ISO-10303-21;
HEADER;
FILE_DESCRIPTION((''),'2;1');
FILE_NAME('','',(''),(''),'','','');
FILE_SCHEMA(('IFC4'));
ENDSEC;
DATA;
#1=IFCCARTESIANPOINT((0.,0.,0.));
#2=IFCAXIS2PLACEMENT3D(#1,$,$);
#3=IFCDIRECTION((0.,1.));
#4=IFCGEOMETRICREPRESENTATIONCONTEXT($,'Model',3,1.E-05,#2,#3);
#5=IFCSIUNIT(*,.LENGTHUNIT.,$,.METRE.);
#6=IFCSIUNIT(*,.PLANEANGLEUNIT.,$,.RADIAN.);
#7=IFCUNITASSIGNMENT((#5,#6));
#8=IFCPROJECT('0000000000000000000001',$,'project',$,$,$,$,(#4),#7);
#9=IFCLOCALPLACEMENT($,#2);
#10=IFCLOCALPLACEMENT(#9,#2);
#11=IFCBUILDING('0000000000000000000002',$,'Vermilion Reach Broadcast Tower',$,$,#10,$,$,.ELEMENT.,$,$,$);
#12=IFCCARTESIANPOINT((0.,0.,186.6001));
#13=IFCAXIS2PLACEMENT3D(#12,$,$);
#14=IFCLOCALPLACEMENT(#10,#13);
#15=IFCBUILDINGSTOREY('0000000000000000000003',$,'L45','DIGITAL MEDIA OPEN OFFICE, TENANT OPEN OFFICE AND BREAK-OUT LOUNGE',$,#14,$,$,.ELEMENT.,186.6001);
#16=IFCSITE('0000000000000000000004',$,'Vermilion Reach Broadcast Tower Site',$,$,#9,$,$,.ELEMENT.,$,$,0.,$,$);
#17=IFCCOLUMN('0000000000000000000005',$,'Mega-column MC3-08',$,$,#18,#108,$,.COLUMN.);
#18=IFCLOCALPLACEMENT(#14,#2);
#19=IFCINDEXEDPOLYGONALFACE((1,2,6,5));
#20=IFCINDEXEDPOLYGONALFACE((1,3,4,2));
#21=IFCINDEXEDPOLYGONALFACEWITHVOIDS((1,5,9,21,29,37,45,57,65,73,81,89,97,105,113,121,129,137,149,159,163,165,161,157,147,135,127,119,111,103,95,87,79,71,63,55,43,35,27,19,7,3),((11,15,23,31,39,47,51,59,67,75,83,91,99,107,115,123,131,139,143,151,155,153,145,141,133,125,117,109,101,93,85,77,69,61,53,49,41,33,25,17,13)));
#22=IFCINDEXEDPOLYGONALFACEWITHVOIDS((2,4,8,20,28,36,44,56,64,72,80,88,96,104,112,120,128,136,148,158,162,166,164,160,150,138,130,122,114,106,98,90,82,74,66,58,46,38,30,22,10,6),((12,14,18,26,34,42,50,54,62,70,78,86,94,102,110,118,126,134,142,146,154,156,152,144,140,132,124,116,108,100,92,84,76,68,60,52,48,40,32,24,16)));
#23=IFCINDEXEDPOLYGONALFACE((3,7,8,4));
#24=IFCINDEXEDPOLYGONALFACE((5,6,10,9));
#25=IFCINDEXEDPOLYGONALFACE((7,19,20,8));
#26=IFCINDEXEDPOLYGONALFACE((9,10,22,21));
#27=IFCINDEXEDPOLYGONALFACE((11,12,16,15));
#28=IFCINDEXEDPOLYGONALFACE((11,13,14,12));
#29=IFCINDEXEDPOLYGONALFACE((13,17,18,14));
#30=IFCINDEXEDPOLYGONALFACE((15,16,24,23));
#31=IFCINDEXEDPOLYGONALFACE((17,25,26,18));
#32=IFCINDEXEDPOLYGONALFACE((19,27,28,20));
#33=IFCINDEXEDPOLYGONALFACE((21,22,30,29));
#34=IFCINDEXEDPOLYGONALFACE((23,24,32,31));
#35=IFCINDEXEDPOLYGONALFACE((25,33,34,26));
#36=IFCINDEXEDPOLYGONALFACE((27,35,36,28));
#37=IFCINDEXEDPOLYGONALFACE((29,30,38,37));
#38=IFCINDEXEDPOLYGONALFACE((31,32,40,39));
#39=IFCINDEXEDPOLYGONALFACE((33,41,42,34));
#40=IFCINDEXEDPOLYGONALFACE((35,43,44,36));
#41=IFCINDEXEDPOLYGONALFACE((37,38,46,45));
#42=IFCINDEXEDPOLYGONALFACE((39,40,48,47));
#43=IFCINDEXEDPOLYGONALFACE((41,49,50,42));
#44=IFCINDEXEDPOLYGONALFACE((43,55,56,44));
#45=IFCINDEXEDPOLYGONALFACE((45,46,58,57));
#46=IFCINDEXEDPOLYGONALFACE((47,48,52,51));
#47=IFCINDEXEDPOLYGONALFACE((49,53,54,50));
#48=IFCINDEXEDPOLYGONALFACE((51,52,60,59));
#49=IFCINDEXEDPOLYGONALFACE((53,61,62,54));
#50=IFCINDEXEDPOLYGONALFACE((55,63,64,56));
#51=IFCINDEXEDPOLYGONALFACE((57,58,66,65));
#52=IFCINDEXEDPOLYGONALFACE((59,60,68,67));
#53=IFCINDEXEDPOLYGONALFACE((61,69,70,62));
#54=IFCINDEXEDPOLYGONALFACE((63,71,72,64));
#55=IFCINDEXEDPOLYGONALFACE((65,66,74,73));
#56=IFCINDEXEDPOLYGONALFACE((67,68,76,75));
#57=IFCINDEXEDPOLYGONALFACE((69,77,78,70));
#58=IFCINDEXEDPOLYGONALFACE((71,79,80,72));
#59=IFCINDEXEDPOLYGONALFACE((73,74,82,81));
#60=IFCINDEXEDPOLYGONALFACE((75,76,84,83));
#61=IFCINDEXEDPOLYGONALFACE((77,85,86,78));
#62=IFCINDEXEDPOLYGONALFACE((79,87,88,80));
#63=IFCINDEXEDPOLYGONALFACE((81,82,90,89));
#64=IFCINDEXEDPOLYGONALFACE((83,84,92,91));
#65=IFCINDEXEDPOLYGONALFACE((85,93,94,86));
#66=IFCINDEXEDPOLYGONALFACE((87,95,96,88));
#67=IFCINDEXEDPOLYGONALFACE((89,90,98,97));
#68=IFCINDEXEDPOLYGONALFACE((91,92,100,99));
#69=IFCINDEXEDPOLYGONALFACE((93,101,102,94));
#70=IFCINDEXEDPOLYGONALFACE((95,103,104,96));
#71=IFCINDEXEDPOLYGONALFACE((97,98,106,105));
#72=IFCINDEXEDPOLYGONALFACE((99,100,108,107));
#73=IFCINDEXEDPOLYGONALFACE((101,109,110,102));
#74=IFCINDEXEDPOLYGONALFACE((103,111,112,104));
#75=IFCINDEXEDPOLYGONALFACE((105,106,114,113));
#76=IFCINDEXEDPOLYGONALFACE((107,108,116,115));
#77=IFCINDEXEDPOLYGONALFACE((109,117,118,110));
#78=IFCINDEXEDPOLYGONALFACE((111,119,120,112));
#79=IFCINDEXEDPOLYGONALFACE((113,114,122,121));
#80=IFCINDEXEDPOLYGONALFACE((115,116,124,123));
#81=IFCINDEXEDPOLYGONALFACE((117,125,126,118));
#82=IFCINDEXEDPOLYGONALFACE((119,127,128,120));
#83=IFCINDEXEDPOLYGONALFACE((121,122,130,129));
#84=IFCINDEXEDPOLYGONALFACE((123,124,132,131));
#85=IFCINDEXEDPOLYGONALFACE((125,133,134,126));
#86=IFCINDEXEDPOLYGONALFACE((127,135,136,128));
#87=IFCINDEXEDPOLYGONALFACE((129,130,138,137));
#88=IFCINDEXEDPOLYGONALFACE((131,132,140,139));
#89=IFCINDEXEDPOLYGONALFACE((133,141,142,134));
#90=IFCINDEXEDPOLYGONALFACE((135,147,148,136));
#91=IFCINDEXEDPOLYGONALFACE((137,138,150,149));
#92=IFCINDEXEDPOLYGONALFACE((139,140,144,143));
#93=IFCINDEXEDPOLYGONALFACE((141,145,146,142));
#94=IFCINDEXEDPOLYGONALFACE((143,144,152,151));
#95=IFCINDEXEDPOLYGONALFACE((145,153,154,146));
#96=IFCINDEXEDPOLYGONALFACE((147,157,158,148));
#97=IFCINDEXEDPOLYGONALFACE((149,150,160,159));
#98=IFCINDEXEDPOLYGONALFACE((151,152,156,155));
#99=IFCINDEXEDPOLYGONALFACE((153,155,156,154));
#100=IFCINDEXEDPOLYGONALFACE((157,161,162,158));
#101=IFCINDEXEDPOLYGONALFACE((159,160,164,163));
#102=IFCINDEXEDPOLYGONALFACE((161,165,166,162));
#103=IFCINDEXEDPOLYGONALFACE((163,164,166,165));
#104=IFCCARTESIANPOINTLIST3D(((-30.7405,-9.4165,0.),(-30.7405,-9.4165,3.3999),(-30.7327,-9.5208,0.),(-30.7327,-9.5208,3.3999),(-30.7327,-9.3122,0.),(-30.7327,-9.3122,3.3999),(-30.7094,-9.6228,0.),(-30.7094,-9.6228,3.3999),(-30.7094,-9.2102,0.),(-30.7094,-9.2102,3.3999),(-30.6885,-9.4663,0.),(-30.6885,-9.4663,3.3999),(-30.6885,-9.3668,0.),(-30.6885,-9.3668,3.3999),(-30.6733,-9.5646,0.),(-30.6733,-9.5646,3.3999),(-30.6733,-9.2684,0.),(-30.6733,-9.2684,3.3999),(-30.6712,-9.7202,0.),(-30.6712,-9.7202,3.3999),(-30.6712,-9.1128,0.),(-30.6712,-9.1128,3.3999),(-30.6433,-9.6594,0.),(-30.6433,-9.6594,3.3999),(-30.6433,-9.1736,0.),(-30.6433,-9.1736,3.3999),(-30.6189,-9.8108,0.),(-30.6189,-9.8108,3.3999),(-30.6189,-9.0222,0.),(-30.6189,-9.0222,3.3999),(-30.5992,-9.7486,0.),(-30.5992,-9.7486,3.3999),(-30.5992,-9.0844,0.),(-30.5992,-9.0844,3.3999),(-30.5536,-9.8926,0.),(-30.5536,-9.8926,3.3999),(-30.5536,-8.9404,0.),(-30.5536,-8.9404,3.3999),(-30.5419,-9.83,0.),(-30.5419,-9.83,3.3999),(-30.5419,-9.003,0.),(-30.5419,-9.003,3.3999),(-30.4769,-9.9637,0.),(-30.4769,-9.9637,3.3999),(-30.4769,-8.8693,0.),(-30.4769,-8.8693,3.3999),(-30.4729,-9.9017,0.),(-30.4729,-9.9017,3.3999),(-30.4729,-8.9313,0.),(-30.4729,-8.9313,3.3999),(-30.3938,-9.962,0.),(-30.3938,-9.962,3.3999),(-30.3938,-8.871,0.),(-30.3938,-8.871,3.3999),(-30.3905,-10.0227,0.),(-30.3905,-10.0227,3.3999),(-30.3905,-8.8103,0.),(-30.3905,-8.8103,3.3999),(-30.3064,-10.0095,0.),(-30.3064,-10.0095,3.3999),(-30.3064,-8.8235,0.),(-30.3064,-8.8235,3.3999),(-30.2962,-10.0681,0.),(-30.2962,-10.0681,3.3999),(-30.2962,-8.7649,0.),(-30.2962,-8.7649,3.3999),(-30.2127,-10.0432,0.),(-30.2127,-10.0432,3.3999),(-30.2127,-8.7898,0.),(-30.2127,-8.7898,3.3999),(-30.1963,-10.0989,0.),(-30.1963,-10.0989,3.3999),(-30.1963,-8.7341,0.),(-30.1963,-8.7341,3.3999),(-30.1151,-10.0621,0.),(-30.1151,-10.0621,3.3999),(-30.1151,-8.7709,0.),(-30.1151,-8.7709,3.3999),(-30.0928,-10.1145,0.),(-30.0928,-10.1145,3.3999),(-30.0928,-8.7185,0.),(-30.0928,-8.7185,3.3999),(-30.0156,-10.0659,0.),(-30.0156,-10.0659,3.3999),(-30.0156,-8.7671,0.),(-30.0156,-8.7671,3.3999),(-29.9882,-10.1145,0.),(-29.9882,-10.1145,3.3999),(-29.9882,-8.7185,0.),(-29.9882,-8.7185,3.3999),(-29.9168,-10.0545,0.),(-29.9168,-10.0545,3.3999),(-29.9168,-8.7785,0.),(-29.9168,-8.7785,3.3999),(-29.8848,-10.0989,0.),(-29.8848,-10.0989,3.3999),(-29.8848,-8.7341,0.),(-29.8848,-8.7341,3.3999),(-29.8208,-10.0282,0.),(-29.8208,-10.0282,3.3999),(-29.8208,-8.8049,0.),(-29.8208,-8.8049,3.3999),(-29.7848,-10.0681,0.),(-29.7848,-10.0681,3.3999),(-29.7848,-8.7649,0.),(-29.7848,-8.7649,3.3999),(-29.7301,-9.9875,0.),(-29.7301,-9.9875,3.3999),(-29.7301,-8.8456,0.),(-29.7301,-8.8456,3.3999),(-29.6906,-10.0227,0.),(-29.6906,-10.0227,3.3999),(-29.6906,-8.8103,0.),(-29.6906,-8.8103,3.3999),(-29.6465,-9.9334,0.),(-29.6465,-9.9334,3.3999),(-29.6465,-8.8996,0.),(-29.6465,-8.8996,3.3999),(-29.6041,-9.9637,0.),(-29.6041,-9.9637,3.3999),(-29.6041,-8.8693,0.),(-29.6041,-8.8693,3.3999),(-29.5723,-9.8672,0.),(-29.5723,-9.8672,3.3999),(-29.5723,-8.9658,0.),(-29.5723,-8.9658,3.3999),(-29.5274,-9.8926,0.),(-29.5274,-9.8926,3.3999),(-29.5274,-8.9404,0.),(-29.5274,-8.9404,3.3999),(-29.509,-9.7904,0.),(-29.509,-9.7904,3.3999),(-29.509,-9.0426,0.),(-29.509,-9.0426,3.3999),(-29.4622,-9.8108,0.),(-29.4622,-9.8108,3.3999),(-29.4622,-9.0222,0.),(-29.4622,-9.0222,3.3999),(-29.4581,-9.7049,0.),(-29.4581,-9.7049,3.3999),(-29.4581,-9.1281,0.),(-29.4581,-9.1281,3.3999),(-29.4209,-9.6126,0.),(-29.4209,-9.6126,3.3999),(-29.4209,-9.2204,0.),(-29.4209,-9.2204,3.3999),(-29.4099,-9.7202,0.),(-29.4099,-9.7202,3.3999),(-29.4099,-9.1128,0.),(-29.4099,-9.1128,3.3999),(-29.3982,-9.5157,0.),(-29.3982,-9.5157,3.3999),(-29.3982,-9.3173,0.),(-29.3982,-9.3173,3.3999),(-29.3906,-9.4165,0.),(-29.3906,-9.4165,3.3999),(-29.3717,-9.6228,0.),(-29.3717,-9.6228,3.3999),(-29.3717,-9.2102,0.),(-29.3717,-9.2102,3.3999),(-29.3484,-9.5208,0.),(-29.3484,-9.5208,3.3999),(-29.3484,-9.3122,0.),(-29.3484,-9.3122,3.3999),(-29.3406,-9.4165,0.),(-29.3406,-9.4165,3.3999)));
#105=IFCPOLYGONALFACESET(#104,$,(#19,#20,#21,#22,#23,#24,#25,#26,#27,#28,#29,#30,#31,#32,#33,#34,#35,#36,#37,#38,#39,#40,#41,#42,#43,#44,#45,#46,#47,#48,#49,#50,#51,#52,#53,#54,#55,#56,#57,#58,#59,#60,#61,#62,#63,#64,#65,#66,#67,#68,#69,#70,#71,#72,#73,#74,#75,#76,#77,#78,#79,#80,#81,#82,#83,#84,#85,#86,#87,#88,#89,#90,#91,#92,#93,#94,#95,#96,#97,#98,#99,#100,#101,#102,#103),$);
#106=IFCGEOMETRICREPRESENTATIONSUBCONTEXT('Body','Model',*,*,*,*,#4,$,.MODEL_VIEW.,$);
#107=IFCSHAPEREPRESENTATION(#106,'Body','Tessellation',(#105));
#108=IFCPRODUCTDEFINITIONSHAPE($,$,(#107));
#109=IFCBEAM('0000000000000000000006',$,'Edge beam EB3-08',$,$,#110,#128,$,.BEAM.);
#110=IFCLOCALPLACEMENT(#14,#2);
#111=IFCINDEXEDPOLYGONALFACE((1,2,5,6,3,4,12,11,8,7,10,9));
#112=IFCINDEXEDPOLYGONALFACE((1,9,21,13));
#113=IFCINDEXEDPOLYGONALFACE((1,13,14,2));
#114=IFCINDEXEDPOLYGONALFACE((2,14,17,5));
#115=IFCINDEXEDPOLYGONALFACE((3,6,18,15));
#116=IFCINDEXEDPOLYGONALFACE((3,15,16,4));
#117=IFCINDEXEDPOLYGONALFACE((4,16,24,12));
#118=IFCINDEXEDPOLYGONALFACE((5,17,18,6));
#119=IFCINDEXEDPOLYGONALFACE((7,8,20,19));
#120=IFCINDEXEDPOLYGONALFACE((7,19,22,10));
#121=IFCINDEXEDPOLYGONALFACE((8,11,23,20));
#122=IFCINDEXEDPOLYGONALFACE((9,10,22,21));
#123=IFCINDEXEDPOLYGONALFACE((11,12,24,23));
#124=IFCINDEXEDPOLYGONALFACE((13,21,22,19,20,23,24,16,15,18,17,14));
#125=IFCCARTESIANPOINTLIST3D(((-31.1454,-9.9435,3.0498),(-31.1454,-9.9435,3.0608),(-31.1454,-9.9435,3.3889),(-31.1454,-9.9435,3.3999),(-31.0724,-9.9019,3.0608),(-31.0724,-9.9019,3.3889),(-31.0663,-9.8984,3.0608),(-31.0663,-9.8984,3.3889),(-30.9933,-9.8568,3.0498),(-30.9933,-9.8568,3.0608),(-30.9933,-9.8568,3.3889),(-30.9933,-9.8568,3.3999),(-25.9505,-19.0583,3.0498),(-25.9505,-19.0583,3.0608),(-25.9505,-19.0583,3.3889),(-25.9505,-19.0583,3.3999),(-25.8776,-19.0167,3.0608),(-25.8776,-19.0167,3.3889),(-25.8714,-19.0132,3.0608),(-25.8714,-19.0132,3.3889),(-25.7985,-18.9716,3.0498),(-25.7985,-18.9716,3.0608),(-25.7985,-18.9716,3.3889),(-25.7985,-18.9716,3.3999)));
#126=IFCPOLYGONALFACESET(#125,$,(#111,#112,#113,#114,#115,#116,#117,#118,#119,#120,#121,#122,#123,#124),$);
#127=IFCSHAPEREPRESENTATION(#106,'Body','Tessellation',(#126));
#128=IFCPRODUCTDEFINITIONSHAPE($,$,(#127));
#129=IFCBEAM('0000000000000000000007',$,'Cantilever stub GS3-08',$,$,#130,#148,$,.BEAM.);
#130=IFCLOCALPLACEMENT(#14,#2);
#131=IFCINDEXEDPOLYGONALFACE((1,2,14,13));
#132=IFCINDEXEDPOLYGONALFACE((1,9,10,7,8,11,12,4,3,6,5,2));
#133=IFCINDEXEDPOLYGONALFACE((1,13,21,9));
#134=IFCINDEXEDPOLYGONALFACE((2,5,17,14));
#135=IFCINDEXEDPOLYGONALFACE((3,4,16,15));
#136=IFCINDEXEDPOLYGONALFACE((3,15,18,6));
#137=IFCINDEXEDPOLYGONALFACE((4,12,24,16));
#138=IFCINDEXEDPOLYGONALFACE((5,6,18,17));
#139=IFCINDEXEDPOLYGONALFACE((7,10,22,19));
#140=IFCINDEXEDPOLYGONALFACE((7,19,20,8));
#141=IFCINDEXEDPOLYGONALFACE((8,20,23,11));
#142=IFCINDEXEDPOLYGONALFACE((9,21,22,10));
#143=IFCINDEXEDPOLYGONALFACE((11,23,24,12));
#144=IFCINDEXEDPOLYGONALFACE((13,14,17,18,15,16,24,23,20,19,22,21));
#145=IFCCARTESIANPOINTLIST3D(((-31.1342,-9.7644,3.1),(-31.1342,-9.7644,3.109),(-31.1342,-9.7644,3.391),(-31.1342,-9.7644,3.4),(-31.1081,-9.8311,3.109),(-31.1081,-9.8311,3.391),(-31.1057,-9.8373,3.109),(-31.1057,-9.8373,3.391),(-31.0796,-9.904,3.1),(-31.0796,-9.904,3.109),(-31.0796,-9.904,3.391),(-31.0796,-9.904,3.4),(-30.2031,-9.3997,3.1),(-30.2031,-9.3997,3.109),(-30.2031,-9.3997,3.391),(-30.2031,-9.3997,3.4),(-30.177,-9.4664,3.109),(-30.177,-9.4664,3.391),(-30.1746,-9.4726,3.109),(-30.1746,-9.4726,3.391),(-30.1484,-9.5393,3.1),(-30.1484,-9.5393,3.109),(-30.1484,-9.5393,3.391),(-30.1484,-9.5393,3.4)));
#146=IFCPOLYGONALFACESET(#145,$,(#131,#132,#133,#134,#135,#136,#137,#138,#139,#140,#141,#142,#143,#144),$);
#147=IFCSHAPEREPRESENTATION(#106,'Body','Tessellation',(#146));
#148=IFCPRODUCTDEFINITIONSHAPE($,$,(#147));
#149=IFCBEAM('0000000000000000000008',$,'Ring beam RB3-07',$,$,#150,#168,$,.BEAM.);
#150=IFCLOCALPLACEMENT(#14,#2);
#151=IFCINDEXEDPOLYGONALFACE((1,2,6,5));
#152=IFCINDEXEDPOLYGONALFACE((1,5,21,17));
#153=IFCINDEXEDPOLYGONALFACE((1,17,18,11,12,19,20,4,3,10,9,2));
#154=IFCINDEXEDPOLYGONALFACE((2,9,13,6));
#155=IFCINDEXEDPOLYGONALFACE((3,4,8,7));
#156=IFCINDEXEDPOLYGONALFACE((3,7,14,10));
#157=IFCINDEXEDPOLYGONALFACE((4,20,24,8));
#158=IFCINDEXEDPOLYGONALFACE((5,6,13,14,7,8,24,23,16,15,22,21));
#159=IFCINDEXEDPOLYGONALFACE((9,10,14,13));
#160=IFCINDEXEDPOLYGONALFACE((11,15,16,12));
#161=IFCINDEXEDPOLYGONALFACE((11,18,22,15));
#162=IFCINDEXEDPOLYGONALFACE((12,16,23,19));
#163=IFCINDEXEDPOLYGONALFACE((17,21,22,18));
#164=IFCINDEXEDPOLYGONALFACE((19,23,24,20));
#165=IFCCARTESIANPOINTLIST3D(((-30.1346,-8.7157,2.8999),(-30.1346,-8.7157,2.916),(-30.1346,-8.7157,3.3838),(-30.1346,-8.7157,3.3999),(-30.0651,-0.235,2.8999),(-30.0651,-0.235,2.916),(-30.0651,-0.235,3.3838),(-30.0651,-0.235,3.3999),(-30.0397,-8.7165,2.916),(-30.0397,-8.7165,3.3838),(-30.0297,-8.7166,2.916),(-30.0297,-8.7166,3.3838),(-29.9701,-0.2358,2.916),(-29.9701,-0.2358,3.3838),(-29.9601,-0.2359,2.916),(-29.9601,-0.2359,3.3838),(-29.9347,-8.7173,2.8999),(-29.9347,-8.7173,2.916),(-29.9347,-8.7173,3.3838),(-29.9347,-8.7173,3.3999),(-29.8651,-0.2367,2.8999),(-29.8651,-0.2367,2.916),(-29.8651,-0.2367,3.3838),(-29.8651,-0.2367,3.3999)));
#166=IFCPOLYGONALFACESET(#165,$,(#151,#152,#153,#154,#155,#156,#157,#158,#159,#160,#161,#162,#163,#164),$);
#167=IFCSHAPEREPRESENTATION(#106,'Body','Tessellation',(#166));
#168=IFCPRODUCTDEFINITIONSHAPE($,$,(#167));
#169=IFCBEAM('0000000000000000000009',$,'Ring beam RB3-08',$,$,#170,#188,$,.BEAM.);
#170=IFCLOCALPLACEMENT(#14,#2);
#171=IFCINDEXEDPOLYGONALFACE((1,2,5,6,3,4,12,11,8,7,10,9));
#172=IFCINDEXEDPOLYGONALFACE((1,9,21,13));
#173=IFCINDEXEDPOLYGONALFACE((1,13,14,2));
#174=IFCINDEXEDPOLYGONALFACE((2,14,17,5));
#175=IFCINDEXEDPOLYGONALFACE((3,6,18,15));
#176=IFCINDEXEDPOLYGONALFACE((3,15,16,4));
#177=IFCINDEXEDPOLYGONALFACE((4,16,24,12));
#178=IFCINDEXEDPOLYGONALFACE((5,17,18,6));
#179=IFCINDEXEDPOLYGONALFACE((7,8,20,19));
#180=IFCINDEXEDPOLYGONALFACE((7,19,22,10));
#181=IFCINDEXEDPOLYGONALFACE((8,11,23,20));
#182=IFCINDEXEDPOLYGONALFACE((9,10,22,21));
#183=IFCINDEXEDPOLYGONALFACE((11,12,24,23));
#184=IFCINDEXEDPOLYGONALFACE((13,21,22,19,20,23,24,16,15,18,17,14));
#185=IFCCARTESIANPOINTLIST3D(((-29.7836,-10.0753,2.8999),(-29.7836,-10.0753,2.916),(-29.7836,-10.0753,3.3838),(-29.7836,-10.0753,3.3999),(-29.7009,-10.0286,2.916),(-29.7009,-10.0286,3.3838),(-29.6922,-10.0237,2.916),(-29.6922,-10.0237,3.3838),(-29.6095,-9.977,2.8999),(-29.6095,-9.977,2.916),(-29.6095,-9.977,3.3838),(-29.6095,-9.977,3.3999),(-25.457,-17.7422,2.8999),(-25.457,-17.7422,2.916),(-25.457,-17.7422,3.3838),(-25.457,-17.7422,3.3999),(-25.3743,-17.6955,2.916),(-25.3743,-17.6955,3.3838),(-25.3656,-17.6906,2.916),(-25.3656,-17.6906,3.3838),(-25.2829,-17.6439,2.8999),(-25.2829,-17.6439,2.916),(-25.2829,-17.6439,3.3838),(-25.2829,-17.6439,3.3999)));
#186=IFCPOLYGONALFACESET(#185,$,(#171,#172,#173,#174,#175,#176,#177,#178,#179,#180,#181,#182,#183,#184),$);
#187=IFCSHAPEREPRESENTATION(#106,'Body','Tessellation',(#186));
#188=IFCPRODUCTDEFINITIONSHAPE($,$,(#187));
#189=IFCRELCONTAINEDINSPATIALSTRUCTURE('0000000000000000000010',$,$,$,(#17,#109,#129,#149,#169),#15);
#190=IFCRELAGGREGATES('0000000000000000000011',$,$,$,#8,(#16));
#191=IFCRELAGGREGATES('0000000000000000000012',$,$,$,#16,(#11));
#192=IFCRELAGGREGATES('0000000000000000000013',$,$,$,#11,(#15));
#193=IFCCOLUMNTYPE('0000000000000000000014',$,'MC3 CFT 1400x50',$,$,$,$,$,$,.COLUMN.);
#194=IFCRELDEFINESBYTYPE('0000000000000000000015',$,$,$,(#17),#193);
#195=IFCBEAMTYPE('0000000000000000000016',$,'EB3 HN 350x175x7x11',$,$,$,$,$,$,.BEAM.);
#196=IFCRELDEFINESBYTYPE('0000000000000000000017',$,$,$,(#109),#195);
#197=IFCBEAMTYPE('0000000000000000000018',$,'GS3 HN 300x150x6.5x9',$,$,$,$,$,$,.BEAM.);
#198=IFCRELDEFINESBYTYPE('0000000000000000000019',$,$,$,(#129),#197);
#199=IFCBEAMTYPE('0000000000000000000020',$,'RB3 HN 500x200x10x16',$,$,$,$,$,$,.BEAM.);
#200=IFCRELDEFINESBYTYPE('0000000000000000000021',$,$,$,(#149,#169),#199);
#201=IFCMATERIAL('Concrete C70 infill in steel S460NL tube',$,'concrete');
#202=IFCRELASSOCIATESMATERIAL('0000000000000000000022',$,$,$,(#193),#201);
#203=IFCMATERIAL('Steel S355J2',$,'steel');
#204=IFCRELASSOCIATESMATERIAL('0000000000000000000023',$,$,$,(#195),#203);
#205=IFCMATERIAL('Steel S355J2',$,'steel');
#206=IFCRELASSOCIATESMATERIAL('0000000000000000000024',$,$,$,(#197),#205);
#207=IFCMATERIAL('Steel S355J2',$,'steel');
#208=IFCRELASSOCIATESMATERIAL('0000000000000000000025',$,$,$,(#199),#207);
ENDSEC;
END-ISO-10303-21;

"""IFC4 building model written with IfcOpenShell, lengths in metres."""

from ifc_helpers import new_model, si_unit, direction, frame, origin, origin_2d, place, context, subcontext, project, spatial, hollow_circle, i_section, extrude, material, material_profile, profile_set, type_object, element, save


model = new_model("IFC4")

# Units and contexts
model_context = context("Model", 3, precision=1e-05, world=origin(), true_north=direction((0.0, 1.0)))
body_context = subcontext(model_context, "Body", "Model", "MODEL_VIEW")
ifc_project = project(units=[si_unit("LENGTHUNIT", "METRE"), si_unit("PLANEANGLEUNIT", "RADIAN")], contexts=[model_context])

# Site, building, storey
site_placement = place(None, origin())
site = spatial("IfcSite", under=ifc_project, at=site_placement, Name="Vermilion Reach Broadcast Tower Site", CompositionType="ELEMENT", RefElevation=0.0)
building_placement = place(site_placement, origin())
building = spatial("IfcBuilding", under=site, at=building_placement, Name="Vermilion Reach Broadcast Tower", CompositionType="ELEMENT")
storey_placement = place(building_placement, frame((0.0, 0.0, 186.6001)))
storey = spatial("IfcBuildingStorey", under=building, at=storey_placement, Name="L45", Description="DIGITAL MEDIA OPEN OFFICE, TENANT OPEN OFFICE AND BREAK-OUT LOUNGE", CompositionType="ELEMENT", Elevation=186.6001)

# Column
ifc_material_1 = material(Name="Concrete C70 infill in steel S460NL tube", Category="concrete")
ifc_material_profile_1 = material_profile(ifc_material_1, hollow_circle(Radius=0.7, WallThickness=0.05, at=origin_2d()), Name="Concrete C70 infill in steel S460NL tube CFT 1400x50")
ifc_profile_set_1 = profile_set([ifc_material_profile_1], Name="Concrete C70 infill in steel S460NL tube")
column_type = type_object("IfcColumnType", Name="MC3 CFT 1400x50", PredefinedType="COLUMN", material=ifc_profile_set_1)
column_placement = place(storey_placement, frame((-30.0405, -9.4165, 0.0), z_axis=(0.0, 0.0, 1.0), x_axis=(1.0, 0.0, 0.0)))
element("IfcColumn", 1, at=column_placement, inside=storey, type_object=column_type, Name="Mega-column MC3-08", PredefinedType="COLUMN", context=body_context, shape_type="SweptSolid", body=[
    extrude(hollow_circle(Radius=0.7, WallThickness=0.05, at=origin_2d()), origin(), (0.0, 0.0, 1.0), 3.3999),
])

# Beams
ifc_material_2 = material(Name="Steel S355J2", Category="steel")
ifc_material_profile_2 = material_profile(ifc_material_2, i_section(OverallWidth=0.175, OverallDepth=0.3501, WebThickness=0.0071, FlangeThickness=0.011, at=origin_2d()), Name="S355J2 HN 350x175x7x11")
ifc_profile_set_2 = profile_set([ifc_material_profile_2], Name="Steel S355J2")
beam_type_1 = type_object("IfcBeamType", Name="EB3 HN 350x175x7x11", PredefinedType="BEAM", material=ifc_profile_set_2)
beam_1_placement = place(storey_placement, frame((-31.0693, -9.9001, 3.2249), z_axis=(0.495161, -0.868801, 0.0), x_axis=(0.868801, 0.495161, 0.0)))
element("IfcBeam", 2, at=beam_1_placement, inside=storey, type_object=beam_type_1, Name="Edge beam EB3-08", PredefinedType="BEAM", context=body_context, shape_type="SweptSolid", body=[
    extrude(i_section(OverallWidth=0.175, OverallDepth=0.3501, WebThickness=0.0071, FlangeThickness=0.011, at=origin_2d()), origin(), (0.0, 0.0, 1.0), 10.4912),
])
ifc_material_3 = material(Name="Steel S355J2", Category="steel")
ifc_material_profile_3 = material_profile(ifc_material_3, i_section(OverallWidth=0.1499, OverallDepth=0.3, WebThickness=0.0066, FlangeThickness=0.009, at=origin_2d()), Name="S355J2 HN 300x150x6.5x9")
ifc_profile_set_3 = profile_set([ifc_material_profile_3], Name="Steel S355J2")
beam_type_2 = type_object("IfcBeamType", Name="GS3 HN 300x150x6.5x9", PredefinedType="BEAM", material=ifc_profile_set_3)
beam_2_placement = place(storey_placement, frame((-30.1758, -9.4695, 3.25), z_axis=(-0.931113, -0.364731, 0.0), x_axis=(0.364731, -0.931113, 0.0)))
element("IfcBeam", 3, at=beam_2_placement, inside=storey, type_object=beam_type_2, Name="Cantilever stub GS3-08", PredefinedType="BEAM", context=body_context, shape_type="SweptSolid", body=[
    extrude(i_section(OverallWidth=0.1499, OverallDepth=0.3, WebThickness=0.0066, FlangeThickness=0.009, at=origin_2d()), origin(), (0.0, 0.0, 1.0), 1.0),
])
ifc_material_4 = material(Name="Steel S355J2", Category="steel")
ifc_material_profile_4 = material_profile(ifc_material_4, i_section(OverallWidth=0.2, OverallDepth=0.5, WebThickness=0.01, FlangeThickness=0.0161, at=origin_2d()), Name="S355J2 HN 500x200x10x16")
ifc_profile_set_4 = profile_set([ifc_material_profile_4], Name="Steel S355J2")
beam_type_3 = type_object("IfcBeamType", Name="RB3 HN 500x200x10x16", PredefinedType="BEAM", material=ifc_profile_set_4)
beam_3_placement = place(storey_placement, frame((-29.9651, -0.2358, 3.1499), z_axis=(-0.008204, -0.999966, 0.0), x_axis=(0.999966, -0.008204, 0.0)))
element("IfcBeam", 4, at=beam_3_placement, inside=storey, type_object=beam_type_3, Name="Ring beam RB3-07", PredefinedType="BEAM", context=body_context, shape_type="SweptSolid", body=[
    extrude(i_section(OverallWidth=0.2, OverallDepth=0.5, WebThickness=0.01, FlangeThickness=0.0161, at=origin_2d()), origin(), (0.0, 0.0, 1.0), 8.481),
])
beam_4_placement = place(storey_placement, frame((-29.6965, -10.0261, 3.1499), z_axis=(0.491467, -0.870896, 0.0), x_axis=(0.870896, 0.491467, 0.0)))
element("IfcBeam", 5, at=beam_4_placement, inside=storey, type_object=beam_type_3, Name="Ring beam RB3-08", PredefinedType="BEAM", context=body_context, shape_type="SweptSolid", body=[
    extrude(i_section(OverallWidth=0.2, OverallDepth=0.5, WebThickness=0.01, FlangeThickness=0.0161, at=origin_2d()), origin(), (0.0, 0.0, 1.0), 8.8035),
])

save(model, "model.ifc")
